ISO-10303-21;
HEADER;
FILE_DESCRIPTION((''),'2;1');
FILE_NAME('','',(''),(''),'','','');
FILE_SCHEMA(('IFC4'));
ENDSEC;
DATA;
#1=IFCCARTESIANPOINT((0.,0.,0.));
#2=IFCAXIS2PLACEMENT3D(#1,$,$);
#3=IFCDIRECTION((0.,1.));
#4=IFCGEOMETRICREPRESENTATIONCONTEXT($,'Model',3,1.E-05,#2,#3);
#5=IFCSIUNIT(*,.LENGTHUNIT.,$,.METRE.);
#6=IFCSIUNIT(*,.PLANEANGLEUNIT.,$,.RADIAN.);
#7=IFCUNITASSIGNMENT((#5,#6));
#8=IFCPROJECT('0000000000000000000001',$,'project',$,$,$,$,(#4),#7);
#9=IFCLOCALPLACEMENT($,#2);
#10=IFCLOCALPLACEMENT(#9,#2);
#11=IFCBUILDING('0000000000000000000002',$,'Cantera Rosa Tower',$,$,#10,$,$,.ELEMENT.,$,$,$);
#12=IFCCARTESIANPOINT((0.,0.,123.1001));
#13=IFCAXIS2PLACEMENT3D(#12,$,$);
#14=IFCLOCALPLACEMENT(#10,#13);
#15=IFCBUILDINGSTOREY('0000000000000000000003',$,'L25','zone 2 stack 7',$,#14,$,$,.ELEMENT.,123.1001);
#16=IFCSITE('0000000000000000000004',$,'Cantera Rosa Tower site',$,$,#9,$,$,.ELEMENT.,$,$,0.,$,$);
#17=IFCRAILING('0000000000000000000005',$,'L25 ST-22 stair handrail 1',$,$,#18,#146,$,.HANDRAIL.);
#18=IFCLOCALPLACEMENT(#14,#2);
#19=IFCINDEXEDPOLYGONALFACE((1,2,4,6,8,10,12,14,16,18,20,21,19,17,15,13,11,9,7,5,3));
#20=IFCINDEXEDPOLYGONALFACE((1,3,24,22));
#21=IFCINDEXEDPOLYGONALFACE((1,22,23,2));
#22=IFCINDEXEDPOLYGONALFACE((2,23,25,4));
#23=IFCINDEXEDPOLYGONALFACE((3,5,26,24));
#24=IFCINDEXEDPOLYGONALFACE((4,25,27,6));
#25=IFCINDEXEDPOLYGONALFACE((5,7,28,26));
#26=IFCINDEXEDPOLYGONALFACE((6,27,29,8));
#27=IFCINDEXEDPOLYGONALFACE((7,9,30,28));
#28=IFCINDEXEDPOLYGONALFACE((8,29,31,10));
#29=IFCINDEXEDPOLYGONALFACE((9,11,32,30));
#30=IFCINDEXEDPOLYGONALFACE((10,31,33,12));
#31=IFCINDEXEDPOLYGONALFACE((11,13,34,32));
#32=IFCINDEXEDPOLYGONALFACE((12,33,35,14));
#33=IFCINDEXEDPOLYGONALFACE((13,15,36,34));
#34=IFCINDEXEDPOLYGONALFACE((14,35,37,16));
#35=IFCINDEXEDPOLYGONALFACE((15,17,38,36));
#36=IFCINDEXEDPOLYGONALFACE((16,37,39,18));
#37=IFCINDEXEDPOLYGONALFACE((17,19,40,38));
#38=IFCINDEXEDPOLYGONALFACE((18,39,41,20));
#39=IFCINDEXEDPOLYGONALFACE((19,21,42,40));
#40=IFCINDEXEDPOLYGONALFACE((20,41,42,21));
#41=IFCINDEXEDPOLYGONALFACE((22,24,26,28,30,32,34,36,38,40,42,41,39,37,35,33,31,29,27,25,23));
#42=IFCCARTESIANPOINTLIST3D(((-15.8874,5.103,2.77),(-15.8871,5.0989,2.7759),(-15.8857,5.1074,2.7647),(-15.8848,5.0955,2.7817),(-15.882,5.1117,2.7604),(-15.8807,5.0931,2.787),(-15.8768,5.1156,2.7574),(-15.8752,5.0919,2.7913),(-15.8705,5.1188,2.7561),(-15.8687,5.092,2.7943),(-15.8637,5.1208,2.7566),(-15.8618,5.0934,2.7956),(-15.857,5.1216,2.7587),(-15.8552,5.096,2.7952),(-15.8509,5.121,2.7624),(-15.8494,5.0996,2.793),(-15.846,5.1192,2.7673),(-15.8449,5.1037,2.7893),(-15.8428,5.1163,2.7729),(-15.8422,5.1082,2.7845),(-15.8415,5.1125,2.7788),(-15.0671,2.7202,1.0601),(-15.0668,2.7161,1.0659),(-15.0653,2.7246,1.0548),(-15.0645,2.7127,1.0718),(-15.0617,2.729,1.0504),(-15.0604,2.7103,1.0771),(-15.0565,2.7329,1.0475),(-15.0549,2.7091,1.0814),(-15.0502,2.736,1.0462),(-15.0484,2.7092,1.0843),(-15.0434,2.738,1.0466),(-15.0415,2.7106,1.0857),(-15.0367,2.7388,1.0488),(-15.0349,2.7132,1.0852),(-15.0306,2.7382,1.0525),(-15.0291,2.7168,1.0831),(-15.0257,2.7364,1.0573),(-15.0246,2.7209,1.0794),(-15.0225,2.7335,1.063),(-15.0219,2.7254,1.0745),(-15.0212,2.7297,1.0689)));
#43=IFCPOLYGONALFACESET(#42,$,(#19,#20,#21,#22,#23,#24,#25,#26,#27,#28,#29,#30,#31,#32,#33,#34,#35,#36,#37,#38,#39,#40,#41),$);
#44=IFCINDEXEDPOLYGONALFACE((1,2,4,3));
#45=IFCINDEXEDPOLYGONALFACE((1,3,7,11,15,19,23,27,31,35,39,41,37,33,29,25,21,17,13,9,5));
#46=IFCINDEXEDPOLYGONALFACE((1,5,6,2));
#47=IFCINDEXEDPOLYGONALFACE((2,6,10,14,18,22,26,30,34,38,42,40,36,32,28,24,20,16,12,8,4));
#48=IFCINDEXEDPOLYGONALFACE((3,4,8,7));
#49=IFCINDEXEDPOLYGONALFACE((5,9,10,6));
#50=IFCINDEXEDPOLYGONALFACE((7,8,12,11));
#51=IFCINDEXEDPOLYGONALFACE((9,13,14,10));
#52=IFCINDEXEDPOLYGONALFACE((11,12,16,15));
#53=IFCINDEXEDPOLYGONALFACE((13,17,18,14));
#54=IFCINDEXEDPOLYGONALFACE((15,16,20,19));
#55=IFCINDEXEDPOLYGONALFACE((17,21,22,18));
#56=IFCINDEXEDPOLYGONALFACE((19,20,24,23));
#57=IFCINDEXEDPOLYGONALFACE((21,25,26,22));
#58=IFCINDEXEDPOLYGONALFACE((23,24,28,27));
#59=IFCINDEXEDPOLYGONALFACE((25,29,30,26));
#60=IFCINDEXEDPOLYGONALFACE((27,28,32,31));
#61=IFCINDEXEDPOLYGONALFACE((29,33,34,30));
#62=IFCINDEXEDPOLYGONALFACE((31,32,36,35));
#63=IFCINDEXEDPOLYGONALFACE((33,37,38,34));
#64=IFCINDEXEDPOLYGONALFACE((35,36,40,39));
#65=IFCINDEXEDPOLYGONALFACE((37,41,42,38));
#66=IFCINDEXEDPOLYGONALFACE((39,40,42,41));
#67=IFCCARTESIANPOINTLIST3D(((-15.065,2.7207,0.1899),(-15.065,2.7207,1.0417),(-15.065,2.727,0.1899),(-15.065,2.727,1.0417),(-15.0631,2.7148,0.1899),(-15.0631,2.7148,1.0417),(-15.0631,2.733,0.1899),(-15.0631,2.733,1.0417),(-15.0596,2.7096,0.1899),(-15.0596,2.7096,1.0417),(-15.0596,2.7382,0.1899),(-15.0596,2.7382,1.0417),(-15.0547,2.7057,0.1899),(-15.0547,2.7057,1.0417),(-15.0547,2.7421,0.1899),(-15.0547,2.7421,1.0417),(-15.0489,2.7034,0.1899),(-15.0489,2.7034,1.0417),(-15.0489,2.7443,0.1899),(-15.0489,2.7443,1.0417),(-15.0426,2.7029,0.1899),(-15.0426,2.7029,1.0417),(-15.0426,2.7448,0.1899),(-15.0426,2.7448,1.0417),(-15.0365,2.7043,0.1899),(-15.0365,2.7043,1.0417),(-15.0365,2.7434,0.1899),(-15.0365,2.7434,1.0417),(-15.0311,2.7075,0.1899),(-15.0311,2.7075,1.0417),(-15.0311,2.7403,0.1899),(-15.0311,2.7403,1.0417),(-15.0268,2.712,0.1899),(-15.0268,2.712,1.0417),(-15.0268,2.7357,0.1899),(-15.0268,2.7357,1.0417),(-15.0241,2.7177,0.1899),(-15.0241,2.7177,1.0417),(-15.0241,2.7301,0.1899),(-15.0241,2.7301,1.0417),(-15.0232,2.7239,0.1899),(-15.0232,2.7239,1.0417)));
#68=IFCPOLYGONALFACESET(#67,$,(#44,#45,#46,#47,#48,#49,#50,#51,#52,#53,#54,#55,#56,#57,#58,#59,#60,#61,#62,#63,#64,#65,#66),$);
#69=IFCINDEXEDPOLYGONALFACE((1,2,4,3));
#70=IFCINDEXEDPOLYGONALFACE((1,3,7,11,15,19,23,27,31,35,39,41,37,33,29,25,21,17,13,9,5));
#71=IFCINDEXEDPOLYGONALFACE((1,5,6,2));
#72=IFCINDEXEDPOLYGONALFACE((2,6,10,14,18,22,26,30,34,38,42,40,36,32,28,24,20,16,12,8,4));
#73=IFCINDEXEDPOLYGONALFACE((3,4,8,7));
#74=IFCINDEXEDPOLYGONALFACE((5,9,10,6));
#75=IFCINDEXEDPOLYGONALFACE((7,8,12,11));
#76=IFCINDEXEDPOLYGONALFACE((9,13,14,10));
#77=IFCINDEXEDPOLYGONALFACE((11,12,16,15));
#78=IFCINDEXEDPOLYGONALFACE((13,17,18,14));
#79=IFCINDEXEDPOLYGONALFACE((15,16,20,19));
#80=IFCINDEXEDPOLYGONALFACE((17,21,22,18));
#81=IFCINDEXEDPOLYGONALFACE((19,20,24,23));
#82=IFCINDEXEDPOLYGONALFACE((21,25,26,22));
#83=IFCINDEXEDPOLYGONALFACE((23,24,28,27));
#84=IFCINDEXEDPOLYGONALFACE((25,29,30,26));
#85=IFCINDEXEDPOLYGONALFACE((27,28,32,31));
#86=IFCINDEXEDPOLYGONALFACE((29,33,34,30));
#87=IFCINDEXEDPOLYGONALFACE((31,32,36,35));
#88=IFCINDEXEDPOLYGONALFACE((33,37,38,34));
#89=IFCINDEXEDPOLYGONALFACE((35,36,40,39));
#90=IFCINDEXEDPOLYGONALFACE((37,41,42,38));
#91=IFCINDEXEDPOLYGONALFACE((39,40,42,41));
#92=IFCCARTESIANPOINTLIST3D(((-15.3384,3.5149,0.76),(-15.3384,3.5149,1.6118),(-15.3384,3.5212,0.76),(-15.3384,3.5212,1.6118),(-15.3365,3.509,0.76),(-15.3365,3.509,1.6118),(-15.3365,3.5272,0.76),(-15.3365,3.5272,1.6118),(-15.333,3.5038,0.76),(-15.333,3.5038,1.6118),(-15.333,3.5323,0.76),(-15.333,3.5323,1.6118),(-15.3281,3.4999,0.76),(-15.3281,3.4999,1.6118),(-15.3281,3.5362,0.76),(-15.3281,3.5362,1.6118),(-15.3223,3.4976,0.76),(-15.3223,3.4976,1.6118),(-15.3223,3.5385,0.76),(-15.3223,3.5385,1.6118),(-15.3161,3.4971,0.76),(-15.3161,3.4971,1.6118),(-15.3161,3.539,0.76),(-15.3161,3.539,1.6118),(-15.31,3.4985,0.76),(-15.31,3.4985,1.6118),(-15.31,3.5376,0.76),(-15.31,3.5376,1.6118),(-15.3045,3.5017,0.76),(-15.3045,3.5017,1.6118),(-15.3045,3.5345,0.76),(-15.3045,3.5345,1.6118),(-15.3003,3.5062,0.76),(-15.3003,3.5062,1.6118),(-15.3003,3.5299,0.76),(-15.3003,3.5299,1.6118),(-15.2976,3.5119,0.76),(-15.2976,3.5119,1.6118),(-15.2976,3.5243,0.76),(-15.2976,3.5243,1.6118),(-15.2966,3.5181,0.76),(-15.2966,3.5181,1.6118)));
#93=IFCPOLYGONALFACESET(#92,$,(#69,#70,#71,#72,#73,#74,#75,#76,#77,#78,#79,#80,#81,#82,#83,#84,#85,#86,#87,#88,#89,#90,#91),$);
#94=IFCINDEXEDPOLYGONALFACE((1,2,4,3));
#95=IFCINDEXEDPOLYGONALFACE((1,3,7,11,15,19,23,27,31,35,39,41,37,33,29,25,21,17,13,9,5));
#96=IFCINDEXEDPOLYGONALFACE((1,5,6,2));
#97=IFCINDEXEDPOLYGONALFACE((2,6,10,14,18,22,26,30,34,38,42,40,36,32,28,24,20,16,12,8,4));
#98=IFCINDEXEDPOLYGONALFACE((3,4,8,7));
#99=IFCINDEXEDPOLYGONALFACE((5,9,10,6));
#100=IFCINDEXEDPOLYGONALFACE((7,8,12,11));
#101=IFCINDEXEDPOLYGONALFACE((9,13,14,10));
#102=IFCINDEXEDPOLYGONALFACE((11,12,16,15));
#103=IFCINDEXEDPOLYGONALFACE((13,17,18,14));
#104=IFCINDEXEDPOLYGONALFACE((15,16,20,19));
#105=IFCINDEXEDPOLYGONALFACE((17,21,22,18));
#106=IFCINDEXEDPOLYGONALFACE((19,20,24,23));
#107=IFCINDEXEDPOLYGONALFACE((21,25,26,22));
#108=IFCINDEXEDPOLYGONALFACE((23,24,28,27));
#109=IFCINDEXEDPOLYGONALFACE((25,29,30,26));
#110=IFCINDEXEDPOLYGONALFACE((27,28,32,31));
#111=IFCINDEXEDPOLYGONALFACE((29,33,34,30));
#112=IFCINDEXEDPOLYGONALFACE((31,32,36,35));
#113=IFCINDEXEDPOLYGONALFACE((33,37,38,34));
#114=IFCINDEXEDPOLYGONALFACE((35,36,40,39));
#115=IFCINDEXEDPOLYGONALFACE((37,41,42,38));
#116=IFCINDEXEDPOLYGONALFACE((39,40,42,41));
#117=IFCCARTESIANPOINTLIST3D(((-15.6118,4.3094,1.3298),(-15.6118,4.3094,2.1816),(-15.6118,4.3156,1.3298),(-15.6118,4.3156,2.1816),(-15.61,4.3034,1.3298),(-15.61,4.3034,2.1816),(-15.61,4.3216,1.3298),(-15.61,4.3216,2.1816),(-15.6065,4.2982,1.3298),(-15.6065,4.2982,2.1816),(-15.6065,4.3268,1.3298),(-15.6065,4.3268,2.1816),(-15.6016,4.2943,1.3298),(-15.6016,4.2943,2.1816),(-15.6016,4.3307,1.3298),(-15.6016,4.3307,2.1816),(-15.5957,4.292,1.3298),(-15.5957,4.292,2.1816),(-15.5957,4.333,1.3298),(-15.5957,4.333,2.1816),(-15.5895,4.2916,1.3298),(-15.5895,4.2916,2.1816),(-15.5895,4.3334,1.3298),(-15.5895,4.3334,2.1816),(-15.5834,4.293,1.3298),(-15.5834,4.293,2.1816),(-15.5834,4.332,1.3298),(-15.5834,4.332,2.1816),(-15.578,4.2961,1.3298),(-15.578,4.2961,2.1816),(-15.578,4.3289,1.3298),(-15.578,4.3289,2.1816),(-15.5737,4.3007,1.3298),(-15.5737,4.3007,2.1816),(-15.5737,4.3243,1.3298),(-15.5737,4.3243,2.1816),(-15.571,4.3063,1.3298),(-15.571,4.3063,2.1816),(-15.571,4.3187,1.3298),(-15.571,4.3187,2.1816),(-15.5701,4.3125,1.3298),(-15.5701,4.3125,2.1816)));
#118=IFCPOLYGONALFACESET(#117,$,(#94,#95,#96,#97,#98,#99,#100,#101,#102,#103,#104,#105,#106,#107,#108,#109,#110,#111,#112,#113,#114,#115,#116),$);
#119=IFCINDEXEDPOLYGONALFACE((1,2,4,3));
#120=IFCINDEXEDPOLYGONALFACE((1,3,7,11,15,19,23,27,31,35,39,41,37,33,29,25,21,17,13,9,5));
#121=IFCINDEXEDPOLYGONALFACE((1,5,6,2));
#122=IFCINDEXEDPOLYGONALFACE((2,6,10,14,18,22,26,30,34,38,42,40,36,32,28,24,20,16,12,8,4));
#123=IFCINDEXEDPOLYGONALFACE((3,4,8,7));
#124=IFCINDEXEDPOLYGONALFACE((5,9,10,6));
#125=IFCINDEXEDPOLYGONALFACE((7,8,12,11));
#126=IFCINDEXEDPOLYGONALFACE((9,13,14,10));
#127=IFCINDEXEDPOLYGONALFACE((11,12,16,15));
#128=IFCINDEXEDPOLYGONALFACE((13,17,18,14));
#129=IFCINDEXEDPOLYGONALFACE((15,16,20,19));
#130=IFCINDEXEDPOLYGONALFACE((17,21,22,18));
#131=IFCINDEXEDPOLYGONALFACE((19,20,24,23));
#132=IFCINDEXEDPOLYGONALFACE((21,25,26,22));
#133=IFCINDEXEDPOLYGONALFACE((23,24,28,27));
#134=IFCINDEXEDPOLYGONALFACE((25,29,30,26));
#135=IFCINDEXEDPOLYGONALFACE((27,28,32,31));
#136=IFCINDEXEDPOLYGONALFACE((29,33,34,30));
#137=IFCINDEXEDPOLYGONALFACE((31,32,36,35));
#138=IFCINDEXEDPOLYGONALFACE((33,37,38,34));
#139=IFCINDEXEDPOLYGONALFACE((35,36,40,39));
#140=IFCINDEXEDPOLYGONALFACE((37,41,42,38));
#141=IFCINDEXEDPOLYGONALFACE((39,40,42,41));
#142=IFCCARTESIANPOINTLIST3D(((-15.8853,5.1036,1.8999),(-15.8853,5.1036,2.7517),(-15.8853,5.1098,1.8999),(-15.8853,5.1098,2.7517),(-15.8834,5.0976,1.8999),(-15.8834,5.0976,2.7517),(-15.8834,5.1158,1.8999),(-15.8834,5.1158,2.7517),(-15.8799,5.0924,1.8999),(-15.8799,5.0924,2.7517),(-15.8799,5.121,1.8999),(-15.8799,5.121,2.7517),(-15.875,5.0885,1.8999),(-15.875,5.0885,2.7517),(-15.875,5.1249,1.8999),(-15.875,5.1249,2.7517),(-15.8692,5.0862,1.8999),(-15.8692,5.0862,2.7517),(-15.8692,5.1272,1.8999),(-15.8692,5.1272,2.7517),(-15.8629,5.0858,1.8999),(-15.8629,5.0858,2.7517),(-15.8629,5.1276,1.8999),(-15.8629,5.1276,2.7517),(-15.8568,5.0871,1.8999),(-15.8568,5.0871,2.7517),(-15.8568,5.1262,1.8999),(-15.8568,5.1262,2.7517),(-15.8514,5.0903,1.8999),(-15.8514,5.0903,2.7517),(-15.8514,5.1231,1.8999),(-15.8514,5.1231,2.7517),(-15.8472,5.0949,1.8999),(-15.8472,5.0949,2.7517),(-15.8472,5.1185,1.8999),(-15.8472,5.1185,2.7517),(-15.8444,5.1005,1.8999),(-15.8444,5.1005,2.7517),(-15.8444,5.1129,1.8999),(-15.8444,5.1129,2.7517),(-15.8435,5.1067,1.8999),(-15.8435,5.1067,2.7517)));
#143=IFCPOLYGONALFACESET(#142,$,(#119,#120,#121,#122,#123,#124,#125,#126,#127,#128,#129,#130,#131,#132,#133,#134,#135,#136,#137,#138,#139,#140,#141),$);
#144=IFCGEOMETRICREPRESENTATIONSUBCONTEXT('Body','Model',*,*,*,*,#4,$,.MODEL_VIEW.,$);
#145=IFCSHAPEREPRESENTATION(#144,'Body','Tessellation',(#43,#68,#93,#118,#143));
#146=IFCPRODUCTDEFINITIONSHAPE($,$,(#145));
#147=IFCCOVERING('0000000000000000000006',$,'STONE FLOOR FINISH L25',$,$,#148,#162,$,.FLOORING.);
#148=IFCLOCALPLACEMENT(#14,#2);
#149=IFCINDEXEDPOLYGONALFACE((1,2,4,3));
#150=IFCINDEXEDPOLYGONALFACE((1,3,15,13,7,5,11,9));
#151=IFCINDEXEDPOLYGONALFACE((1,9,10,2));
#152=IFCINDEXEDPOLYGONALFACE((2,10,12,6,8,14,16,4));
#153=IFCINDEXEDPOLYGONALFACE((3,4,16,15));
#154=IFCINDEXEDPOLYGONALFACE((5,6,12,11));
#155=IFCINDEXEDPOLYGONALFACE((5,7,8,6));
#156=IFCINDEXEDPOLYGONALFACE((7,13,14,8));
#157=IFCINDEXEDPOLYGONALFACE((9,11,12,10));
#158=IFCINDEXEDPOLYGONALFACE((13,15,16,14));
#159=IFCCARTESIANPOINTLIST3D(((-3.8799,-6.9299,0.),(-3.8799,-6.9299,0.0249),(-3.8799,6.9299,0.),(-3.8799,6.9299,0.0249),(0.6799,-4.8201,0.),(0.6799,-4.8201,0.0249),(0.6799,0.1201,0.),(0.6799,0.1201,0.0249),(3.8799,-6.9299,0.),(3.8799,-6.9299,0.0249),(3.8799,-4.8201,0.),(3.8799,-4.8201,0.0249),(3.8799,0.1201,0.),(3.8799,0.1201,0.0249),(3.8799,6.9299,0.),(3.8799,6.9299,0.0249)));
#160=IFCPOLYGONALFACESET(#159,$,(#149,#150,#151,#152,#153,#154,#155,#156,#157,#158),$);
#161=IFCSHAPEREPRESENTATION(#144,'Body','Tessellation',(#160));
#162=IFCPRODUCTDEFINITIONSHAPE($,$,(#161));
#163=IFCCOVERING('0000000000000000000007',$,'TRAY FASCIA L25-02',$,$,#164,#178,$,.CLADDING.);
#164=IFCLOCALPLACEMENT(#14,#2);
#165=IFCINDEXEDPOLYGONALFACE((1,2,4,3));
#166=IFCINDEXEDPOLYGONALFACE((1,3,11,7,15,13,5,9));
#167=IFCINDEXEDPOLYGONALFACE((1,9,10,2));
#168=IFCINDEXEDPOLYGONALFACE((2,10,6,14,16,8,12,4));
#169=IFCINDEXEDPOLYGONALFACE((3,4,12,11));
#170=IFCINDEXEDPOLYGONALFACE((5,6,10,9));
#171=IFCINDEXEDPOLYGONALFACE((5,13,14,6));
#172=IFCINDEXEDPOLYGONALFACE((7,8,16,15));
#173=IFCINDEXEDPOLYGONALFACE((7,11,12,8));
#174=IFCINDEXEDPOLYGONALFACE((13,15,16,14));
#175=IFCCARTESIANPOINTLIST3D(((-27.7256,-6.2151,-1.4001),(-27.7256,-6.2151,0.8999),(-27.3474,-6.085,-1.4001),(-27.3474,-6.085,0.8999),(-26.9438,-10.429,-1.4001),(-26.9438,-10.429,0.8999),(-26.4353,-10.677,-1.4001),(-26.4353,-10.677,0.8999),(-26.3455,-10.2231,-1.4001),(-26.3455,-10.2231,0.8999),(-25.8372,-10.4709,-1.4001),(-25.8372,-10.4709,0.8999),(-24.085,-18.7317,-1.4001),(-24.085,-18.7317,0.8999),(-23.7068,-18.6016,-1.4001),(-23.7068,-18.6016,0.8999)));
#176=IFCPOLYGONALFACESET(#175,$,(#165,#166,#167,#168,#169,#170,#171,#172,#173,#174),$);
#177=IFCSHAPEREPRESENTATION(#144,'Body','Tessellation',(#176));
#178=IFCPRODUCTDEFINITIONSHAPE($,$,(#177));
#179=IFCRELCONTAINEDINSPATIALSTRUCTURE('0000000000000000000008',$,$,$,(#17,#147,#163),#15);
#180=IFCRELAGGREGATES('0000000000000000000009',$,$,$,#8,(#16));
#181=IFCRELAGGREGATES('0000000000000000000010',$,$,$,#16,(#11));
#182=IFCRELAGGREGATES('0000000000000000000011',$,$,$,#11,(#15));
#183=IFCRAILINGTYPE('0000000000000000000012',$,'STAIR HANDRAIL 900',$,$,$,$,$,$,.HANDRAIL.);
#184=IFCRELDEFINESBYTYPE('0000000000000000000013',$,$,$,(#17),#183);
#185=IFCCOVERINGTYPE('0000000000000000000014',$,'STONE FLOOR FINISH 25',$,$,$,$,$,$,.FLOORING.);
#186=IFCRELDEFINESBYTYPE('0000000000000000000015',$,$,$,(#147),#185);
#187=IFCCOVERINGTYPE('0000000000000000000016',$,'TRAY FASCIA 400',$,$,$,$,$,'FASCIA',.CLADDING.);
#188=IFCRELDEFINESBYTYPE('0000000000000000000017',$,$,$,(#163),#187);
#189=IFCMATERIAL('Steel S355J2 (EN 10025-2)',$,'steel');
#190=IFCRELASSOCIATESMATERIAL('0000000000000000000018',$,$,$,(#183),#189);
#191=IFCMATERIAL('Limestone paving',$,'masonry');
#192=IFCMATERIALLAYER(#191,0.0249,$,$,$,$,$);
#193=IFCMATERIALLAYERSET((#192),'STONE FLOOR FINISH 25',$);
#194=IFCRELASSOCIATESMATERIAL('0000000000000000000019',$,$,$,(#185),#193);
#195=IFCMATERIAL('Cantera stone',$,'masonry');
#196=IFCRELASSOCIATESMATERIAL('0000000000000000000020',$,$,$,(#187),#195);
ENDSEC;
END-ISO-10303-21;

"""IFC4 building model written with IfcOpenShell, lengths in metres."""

from ifc_helpers import new_model, si_unit, direction, frame, origin, origin_2d, place, context, subcontext, project, spatial, polyline, circle, outline, extrude, material, layer, layer_set, type_object, element, save


model = new_model("IFC4")

# Units and contexts
model_context = context("Model", 3, precision=1e-05, world=origin(), true_north=direction((0.0, 1.0)))
body_context = subcontext(model_context, "Body", "Model", "MODEL_VIEW")
ifc_project = project(units=[si_unit("LENGTHUNIT", "METRE"), si_unit("PLANEANGLEUNIT", "RADIAN")], contexts=[model_context])

# Site, building, storey
site_placement = place(None, origin())
site = spatial("IfcSite", under=ifc_project, at=site_placement, Name="Cantera Rosa Tower site", CompositionType="ELEMENT", RefElevation=0.0)
building_placement = place(site_placement, origin())
building = spatial("IfcBuilding", under=site, at=building_placement, Name="Cantera Rosa Tower", CompositionType="ELEMENT")
storey_placement = place(building_placement, frame((0.0, 0.0, 123.1001)))
storey = spatial("IfcBuildingStorey", under=building, at=storey_placement, Name="L25", Description="zone 2 stack 7", CompositionType="ELEMENT", Elevation=123.1001)

# Railing
ifc_material_1 = material(Name="Steel S355J2 (EN 10025-2)", Category="steel")
railing_type_1 = type_object("IfcRailingType", Name="STAIR HANDRAIL 900", PredefinedType="HANDRAIL", material=ifc_material_1)
railing_1_placement = place(storey_placement, frame((-15.0442, 2.7239, 0.1899)))
element("IfcRailing", 1, at=railing_1_placement, inside=storey, type_object=railing_type_1, Name="L25 ST-22 stair handrail 1", PredefinedType="HANDRAIL", context=body_context, shape_type="SweptSolid", body=[
    extrude(circle(Radius=0.0239, at=origin_2d()), frame((0.0, 0.0, 0.876), z_axis=(-0.269358, 0.782421, 0.561483), x_axis=(-0.945538, -0.325513, 0.0)), (0.0, 0.0, 1.0), 3.0454),
    extrude(circle(Radius=0.021, at=origin_2d()), origin(), (0.0, 0.0, 1.0), 0.8518),
    extrude(circle(Radius=0.021, at=origin_2d()), frame((-0.2734, 0.7942, 0.5701)), (0.0, 0.0, 1.0), 0.8518),
    extrude(circle(Radius=0.021, at=origin_2d()), frame((-0.5469, 1.5886, 1.1399)), (0.0, 0.0, 1.0), 0.8518),
    extrude(circle(Radius=0.021, at=origin_2d()), frame((-0.8203, 2.3828, 1.71)), (0.0, 0.0, 1.0), 0.8518),
])

# Coverings
ifc_material_2 = material(Name="Limestone paving", Category="masonry")
ifc_layer_1 = layer(ifc_material_2, 0.0249)
ifc_layer_set_1 = layer_set([ifc_layer_1], Name="STONE FLOOR FINISH 25")
covering_type_1 = type_object("IfcCoveringType", Name="STONE FLOOR FINISH 25", PredefinedType="FLOORING", material=ifc_layer_set_1)
covering_1_placement = place(storey_placement, origin())
element("IfcCovering", 2, at=covering_1_placement, inside=storey, type_object=covering_type_1, Name="STONE FLOOR FINISH L25", PredefinedType="FLOORING", context=body_context, shape_type="SweptSolid", body=[
    extrude(outline(polyline([(3.8799, 6.9299), (3.8799, 0.1201), (0.6799, 0.1201), (0.6799, -4.8201), (3.8799, -4.8201), (3.8799, -6.9299), (-3.8799, -6.9299), (-3.8799, 6.9299), (3.8799, 6.9299)])), origin(), (0.0, 0.0, 1.0), 0.0249),
])
ifc_material_3 = material(Name="Cantera stone", Category="masonry")
covering_type_2 = type_object("IfcCoveringType", Name="TRAY FASCIA 400", ElementType="FASCIA", PredefinedType="CLADDING", material=ifc_material_3)
covering_2_placement = place(storey_placement, frame((0.0, 0.0, -1.4001)))
element("IfcCovering", 3, at=covering_2_placement, inside=storey, type_object=covering_type_2, Name="TRAY FASCIA L25-02", PredefinedType="CLADDING", context=body_context, shape_type="SweptSolid", body=[
    extrude(outline(polyline([(-26.9438, -10.429), (-26.3455, -10.2231), (-27.7256, -6.2151), (-27.3474, -6.085), (-25.8372, -10.4709), (-26.4353, -10.677), (-23.7068, -18.6016), (-24.085, -18.7317), (-26.9438, -10.429)])), origin(), (0.0, 0.0, 1.0), 2.3),
])

save(model, "model.ifc")
